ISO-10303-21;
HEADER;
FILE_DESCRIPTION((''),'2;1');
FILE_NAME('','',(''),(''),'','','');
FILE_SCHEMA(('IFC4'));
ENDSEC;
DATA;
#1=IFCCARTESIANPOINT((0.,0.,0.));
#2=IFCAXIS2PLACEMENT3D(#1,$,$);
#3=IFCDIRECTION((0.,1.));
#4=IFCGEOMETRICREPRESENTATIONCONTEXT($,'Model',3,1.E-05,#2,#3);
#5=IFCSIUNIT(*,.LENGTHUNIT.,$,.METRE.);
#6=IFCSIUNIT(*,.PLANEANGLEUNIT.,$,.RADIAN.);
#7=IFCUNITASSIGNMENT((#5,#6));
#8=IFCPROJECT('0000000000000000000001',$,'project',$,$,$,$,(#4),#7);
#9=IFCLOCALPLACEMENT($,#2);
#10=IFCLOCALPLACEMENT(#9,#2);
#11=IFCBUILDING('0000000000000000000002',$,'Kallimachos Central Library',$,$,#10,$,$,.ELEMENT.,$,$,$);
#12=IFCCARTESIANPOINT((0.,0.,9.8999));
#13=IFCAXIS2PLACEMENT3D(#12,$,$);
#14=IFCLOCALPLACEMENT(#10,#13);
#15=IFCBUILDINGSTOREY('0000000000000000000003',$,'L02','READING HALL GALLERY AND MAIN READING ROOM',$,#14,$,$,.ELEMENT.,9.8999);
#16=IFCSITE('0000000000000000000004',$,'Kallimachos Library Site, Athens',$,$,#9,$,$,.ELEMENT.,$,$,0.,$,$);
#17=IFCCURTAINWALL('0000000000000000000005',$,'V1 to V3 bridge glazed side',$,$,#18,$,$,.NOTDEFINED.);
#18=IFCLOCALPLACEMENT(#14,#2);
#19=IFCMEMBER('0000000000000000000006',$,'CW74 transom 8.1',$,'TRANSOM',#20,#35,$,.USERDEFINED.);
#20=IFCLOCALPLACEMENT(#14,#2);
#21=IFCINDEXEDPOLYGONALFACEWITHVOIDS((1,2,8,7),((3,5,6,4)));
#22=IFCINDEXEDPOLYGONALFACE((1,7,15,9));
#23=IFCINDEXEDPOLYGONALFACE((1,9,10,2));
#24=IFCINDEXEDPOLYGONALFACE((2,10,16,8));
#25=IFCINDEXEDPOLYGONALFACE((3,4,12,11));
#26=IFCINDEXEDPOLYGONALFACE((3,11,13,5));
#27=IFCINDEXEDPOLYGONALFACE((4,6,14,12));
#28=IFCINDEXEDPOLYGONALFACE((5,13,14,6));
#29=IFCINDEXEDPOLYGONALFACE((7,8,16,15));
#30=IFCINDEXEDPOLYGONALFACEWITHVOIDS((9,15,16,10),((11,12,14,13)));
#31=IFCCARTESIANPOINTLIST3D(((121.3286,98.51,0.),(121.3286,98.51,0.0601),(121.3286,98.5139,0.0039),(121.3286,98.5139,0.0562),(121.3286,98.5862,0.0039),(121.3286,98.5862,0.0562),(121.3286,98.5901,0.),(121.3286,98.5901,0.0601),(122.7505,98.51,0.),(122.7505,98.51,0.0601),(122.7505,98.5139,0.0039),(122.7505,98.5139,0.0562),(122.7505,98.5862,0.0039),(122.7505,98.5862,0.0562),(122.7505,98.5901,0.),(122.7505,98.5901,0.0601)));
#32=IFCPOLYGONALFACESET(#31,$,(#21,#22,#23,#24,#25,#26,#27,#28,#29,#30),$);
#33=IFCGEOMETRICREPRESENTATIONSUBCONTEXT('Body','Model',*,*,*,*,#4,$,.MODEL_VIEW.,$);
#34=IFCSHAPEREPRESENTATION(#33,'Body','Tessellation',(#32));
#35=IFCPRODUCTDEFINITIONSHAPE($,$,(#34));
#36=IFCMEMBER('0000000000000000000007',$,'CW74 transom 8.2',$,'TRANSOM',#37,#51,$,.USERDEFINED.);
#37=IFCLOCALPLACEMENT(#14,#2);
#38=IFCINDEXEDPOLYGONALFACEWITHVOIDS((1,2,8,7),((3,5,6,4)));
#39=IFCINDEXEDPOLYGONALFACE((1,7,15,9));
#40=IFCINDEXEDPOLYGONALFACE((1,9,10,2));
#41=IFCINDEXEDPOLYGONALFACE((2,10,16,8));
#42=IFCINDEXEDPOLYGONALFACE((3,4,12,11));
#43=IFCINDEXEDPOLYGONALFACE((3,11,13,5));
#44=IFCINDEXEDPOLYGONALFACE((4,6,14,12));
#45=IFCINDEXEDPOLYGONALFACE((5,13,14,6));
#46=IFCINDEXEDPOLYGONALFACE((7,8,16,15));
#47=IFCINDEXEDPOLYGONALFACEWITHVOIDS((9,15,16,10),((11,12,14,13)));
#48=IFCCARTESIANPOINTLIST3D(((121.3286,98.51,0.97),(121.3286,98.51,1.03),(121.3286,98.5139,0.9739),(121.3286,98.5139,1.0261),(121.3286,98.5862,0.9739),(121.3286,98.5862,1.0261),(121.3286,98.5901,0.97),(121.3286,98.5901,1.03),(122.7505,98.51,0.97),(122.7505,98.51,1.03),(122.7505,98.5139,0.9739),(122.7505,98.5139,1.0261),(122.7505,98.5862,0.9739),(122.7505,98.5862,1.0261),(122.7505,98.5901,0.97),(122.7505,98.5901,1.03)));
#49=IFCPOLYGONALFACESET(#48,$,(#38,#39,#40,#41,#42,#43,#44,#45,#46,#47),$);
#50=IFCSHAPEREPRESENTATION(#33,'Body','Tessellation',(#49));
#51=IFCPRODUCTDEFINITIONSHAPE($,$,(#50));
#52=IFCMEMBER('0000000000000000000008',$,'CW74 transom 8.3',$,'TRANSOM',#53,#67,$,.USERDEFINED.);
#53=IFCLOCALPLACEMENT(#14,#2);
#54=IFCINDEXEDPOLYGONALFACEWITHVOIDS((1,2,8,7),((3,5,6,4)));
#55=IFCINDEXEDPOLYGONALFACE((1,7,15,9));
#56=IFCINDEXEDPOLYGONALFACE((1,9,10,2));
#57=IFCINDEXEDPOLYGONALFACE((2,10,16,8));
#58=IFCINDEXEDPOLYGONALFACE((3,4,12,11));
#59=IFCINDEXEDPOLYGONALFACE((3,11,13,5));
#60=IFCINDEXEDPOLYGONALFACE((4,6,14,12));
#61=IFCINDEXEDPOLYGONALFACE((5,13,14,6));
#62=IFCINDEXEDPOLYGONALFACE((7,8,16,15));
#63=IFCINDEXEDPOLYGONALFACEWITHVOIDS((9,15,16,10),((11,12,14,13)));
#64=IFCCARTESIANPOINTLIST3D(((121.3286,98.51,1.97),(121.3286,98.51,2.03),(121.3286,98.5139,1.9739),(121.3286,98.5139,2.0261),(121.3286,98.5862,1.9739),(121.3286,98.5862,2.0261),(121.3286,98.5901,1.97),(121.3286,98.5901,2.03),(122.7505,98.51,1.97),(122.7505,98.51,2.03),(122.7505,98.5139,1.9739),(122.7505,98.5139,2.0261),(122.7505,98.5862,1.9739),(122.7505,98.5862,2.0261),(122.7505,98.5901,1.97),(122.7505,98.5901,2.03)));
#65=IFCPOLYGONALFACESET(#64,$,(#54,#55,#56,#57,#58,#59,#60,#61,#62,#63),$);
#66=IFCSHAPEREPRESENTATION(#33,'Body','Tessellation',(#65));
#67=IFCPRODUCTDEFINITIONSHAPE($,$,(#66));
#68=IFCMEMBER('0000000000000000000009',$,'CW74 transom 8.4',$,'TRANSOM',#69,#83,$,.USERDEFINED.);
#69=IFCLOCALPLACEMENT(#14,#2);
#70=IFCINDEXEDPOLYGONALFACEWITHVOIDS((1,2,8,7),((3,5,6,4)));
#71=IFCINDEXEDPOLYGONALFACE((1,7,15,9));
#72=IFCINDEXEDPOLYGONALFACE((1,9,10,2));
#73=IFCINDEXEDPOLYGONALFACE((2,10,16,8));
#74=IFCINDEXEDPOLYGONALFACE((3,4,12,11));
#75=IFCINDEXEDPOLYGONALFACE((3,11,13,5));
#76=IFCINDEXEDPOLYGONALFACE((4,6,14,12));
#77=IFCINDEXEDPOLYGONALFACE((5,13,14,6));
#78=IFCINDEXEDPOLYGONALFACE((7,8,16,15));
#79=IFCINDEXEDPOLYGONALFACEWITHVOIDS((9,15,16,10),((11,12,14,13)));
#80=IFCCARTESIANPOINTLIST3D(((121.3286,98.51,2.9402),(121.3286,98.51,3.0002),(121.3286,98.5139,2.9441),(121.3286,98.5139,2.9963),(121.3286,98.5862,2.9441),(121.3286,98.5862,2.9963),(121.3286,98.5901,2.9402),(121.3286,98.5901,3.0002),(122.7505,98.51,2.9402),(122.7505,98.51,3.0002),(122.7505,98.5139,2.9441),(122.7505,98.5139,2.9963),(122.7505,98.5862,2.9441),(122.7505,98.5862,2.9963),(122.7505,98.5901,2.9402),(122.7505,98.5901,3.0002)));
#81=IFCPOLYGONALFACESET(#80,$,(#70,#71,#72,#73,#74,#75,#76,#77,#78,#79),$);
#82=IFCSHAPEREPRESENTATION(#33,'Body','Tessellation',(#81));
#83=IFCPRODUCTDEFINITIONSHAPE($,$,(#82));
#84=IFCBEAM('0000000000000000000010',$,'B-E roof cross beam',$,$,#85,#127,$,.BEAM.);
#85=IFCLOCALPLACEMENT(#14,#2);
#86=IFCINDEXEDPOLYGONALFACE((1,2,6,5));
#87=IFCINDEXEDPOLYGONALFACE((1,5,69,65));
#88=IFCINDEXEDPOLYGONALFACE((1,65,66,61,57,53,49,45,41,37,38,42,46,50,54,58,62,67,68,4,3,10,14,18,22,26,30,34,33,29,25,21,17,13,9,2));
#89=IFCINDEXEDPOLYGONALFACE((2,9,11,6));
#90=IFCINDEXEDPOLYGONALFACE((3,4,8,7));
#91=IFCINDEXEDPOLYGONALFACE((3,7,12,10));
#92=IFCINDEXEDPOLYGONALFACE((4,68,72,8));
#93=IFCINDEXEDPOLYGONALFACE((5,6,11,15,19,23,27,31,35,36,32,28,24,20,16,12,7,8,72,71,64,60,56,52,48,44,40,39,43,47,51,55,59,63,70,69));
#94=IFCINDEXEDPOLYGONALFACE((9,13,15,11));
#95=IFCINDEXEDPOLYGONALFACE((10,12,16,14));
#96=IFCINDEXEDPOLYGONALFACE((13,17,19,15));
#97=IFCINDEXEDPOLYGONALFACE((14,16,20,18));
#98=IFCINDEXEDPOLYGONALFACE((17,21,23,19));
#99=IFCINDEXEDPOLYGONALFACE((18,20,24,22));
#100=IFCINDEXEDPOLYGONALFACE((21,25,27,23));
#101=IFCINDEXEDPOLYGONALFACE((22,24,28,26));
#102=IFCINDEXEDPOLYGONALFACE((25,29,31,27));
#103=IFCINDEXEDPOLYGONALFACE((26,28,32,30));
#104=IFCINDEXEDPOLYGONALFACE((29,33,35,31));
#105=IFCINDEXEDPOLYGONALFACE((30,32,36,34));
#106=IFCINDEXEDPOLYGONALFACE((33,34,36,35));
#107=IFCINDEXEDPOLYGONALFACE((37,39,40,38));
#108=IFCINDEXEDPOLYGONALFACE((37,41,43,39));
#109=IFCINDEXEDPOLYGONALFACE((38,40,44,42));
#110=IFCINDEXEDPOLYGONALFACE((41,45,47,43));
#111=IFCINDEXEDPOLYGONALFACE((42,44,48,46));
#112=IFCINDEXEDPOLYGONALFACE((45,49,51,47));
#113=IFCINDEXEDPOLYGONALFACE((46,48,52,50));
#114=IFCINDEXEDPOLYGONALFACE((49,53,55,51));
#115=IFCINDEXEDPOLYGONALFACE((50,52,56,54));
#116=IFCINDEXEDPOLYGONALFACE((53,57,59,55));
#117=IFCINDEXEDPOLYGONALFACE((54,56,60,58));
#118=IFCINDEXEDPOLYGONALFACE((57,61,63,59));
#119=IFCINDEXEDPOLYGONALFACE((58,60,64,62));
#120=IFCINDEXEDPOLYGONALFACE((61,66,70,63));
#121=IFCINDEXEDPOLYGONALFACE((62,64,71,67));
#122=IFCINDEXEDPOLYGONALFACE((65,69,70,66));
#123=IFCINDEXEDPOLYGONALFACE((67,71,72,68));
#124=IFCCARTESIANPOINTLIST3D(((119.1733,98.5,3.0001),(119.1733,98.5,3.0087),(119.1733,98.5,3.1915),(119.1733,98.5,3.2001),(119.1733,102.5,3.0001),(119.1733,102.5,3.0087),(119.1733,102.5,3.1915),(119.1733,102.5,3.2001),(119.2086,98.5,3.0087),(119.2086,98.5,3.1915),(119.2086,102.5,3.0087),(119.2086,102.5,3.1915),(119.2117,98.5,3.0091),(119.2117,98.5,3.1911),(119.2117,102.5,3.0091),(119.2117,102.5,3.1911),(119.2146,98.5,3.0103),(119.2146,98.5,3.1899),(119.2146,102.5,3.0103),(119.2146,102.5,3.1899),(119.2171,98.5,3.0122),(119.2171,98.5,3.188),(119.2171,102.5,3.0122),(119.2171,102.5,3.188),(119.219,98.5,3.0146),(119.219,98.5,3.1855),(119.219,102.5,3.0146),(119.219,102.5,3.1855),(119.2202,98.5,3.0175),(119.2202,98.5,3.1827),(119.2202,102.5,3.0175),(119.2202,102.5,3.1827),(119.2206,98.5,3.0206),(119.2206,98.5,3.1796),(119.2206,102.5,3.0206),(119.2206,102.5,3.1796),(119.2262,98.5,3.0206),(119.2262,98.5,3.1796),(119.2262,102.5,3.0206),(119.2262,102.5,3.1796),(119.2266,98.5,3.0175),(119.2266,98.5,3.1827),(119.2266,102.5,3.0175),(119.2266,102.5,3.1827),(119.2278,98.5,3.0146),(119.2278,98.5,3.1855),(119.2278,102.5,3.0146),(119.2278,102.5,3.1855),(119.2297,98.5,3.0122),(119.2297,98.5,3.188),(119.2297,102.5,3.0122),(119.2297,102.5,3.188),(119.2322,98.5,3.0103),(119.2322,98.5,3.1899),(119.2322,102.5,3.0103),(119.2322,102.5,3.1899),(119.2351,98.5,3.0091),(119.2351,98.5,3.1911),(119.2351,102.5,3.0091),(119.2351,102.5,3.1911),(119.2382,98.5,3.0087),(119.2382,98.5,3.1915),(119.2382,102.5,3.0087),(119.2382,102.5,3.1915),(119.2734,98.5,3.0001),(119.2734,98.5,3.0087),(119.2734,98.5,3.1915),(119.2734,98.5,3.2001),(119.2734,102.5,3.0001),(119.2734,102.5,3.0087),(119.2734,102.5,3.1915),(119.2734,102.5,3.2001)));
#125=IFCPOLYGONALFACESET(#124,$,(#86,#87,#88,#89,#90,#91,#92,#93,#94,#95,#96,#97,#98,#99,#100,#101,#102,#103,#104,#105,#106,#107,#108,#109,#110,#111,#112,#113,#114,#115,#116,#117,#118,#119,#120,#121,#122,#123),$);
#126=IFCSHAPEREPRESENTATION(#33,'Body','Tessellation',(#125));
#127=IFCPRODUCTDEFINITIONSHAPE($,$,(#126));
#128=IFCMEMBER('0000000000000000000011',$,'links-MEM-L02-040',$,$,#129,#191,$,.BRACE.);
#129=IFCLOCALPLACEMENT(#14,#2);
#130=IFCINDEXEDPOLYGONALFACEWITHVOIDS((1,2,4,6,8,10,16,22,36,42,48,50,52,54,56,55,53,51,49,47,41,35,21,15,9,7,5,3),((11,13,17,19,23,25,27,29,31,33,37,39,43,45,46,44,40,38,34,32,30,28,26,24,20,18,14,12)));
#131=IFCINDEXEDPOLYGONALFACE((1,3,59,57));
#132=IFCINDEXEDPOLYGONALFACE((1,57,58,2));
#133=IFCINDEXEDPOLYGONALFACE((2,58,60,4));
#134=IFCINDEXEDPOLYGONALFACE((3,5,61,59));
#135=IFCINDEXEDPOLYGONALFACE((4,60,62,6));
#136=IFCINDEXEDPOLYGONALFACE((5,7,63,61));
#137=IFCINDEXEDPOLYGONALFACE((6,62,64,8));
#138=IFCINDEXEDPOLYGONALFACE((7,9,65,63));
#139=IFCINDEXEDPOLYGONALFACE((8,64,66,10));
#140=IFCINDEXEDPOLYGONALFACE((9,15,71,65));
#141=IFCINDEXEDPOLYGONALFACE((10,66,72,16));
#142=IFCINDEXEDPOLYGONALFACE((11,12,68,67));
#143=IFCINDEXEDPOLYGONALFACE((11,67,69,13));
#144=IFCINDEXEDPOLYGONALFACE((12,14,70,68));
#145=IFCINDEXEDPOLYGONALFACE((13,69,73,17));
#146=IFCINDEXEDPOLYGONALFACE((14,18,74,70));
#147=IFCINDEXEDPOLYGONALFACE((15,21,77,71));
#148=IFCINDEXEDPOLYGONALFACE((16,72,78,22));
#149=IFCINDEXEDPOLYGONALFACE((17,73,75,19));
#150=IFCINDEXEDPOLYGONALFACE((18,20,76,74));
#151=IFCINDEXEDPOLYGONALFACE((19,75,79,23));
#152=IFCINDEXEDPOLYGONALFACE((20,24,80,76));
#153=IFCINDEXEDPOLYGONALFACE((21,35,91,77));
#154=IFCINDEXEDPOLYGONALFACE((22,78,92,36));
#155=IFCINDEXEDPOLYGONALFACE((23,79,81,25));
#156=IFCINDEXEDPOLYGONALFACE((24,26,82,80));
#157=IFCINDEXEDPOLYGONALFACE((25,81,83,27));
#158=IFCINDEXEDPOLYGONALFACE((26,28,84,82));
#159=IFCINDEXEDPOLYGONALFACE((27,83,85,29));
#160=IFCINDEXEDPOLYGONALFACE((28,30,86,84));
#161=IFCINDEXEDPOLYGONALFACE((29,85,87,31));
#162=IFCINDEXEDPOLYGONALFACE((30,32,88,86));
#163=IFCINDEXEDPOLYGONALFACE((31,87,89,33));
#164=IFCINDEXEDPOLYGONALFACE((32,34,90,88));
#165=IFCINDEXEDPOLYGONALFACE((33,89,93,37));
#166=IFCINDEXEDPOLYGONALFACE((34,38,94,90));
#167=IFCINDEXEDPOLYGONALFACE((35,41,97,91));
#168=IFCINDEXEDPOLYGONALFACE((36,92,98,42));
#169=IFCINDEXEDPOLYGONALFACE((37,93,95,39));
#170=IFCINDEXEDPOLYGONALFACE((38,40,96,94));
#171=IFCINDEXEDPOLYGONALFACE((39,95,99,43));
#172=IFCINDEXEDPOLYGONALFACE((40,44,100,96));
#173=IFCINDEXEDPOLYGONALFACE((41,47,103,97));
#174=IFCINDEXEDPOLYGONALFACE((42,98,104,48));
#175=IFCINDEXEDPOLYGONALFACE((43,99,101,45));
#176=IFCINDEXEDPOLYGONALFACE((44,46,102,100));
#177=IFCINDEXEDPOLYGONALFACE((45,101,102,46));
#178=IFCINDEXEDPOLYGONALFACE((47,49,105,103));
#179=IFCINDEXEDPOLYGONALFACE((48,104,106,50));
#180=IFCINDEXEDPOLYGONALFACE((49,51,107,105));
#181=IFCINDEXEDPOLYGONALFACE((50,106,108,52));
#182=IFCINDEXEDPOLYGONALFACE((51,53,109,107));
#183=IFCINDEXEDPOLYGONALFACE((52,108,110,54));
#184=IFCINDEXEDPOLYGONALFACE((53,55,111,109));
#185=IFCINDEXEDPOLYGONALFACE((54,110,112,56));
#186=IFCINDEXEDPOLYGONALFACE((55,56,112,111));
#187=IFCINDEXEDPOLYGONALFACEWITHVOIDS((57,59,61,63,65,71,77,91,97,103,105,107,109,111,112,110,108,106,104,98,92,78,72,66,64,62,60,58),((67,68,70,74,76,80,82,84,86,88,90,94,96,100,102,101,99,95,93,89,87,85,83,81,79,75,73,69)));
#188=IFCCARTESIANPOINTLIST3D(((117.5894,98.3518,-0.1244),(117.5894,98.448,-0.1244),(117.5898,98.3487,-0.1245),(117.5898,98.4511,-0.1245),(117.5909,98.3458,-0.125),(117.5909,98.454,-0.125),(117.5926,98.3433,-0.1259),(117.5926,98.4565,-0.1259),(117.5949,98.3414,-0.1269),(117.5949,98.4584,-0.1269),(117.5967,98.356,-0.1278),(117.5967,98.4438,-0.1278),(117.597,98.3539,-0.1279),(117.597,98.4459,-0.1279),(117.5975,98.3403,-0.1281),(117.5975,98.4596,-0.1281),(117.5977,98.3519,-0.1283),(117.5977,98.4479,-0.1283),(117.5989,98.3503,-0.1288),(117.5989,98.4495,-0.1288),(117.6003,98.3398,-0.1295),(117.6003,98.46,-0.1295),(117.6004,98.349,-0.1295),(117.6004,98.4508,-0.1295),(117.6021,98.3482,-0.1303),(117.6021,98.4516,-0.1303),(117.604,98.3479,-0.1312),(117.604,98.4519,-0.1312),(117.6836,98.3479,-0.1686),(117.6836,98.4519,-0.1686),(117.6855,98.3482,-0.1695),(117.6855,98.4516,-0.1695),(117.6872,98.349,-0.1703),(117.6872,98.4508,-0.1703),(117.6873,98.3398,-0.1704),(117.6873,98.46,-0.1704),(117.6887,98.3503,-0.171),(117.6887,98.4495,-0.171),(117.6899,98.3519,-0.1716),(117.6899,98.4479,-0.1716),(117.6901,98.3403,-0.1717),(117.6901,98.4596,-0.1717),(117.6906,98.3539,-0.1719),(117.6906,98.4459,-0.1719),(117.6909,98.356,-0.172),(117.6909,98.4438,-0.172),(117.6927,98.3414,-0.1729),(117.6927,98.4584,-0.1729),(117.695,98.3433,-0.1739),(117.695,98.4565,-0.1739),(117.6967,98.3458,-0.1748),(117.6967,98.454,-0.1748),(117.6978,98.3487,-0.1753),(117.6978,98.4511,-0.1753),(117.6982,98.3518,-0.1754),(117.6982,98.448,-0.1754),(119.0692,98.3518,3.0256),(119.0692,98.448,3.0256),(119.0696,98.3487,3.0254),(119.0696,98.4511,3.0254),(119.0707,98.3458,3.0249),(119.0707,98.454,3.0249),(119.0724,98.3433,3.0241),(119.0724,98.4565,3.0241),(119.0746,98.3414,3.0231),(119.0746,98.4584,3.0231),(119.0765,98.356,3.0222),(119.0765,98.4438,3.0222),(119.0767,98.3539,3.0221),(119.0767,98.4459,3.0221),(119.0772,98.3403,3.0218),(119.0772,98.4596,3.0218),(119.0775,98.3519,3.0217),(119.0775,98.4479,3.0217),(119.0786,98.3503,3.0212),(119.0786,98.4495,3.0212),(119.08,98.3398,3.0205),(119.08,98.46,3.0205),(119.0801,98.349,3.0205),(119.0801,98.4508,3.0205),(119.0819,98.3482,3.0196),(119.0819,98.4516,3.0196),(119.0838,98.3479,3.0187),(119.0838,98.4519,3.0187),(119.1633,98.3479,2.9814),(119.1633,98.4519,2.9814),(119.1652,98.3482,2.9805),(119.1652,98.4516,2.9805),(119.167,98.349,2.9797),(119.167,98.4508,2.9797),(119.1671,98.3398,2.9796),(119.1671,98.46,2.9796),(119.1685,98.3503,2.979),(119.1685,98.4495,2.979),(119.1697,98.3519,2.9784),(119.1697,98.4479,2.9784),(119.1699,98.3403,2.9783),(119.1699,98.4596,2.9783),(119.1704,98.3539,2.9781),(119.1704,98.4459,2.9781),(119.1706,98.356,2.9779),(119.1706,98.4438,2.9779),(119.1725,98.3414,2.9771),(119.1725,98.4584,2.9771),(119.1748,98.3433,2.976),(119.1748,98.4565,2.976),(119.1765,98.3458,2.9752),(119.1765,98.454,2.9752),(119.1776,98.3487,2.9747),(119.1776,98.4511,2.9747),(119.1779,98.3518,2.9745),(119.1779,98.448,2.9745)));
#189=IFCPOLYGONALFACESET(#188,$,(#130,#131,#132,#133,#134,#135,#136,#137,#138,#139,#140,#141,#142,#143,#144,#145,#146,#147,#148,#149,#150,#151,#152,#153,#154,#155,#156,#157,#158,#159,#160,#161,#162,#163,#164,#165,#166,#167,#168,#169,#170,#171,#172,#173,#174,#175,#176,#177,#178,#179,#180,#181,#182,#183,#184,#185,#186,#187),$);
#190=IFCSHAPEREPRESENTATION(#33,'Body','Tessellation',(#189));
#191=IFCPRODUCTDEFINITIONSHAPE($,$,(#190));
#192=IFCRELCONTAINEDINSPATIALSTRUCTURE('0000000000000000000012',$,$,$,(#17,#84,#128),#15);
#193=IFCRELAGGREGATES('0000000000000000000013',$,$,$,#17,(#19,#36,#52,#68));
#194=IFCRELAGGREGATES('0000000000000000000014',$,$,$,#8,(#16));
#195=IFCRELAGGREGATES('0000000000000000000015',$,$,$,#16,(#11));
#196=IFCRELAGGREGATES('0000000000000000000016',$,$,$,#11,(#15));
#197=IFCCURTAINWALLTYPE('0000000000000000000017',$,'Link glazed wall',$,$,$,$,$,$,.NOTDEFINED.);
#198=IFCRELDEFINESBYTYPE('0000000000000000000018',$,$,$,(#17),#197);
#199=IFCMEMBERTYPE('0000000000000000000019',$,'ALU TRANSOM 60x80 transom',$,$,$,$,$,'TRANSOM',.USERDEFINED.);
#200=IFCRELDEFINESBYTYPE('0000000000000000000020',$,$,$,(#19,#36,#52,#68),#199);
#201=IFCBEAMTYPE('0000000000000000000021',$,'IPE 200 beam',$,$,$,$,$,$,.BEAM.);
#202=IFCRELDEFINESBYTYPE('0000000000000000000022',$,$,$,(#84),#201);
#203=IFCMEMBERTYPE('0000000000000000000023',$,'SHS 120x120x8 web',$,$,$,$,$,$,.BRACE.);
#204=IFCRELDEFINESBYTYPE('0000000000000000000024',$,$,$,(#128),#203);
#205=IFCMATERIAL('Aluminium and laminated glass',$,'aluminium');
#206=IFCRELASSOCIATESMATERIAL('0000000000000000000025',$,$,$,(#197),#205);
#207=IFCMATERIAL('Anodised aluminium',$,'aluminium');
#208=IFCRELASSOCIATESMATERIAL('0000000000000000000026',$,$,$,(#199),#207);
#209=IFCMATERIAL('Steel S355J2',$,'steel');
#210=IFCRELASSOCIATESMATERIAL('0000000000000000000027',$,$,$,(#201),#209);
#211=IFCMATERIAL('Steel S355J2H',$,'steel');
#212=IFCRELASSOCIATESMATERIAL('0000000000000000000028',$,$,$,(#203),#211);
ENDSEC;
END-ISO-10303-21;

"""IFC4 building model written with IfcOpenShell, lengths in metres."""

from ifc_helpers import new_model, si_unit, direction, frame, origin, origin_2d, place, context, subcontext, project, spatial, hollow_rectangle, i_section, extrude, material, material_profile, profile_set, type_object, element, aggregate, save


model = new_model("IFC4")

# Units and contexts
model_context = context("Model", 3, precision=1e-05, world=origin(), true_north=direction((0.0, 1.0)))
body_context = subcontext(model_context, "Body", "Model", "MODEL_VIEW")
ifc_project = project(units=[si_unit("LENGTHUNIT", "METRE"), si_unit("PLANEANGLEUNIT", "RADIAN")], contexts=[model_context])

# Site, building, storey
site_placement = place(None, origin())
site = spatial("IfcSite", under=ifc_project, at=site_placement, Name="Kallimachos Library Site, Athens", CompositionType="ELEMENT", RefElevation=0.0)
building_placement = place(site_placement, origin())
building = spatial("IfcBuilding", under=site, at=building_placement, Name="Kallimachos Central Library", CompositionType="ELEMENT")
storey_placement = place(building_placement, frame((0.0, 0.0, 9.8999)))
storey = spatial("IfcBuildingStorey", under=building, at=storey_placement, Name="L02", Description="READING HALL GALLERY AND MAIN READING ROOM", CompositionType="ELEMENT", Elevation=9.8999)

# Curtain wall, members
ifc_material_1 = material(Name="Aluminium and laminated glass", Category="aluminium")
curtain_wall_type = type_object("IfcCurtainWallType", Name="Link glazed wall", PredefinedType="NOTDEFINED", material=ifc_material_1)
curtain_wall_placement = place(storey_placement, origin())
curtain_wall = element("IfcCurtainWall", 1, at=curtain_wall_placement, inside=storey, type_object=curtain_wall_type, Name="V1 to V3 bridge glazed side", PredefinedType="NOTDEFINED")
ifc_material_2 = material(Name="Anodised aluminium", Category="aluminium")
ifc_material_profile_1 = material_profile(ifc_material_2, hollow_rectangle(XDim=0.0601, YDim=0.0801, WallThickness=0.0039, at=origin_2d()), Name="ALU TRANSOM 60x80")
ifc_profile_set_1 = profile_set([ifc_material_profile_1], Name="Anodised aluminium")
member_type_1 = type_object("IfcMemberType", Name="ALU TRANSOM 60x80 transom", ElementType="TRANSOM", PredefinedType="USERDEFINED", material=ifc_profile_set_1)
member_1_placement = place(storey_placement, frame((121.3286, 98.55, 0.03), z_axis=(1.0, 0.0, 0.0), x_axis=(0.0, 0.0, 1.0)))
member_1 = element("IfcMember", 2, at=member_1_placement, type_object=member_type_1, Name="CW74 transom 8.1", ObjectType="TRANSOM", PredefinedType="USERDEFINED", context=body_context, shape_type="SweptSolid", body=[
    extrude(hollow_rectangle(XDim=0.0601, YDim=0.0801, WallThickness=0.0039, at=origin_2d()), origin(), (0.0, 0.0, 1.0), 1.4219),
])
member_2_placement = place(storey_placement, frame((121.3286, 98.55, 1.0), z_axis=(1.0, 0.0, 0.0), x_axis=(0.0, 0.0, 1.0)))
member_2 = element("IfcMember", 3, at=member_2_placement, type_object=member_type_1, Name="CW74 transom 8.2", ObjectType="TRANSOM", PredefinedType="USERDEFINED", context=body_context, shape_type="SweptSolid", body=[
    extrude(hollow_rectangle(XDim=0.0601, YDim=0.0801, WallThickness=0.0039, at=origin_2d()), origin(), (0.0, 0.0, 1.0), 1.4219),
])
member_3_placement = place(storey_placement, frame((121.3286, 98.55, 2.0), z_axis=(1.0, 0.0, 0.0), x_axis=(0.0, 0.0, 1.0)))
member_3 = element("IfcMember", 4, at=member_3_placement, type_object=member_type_1, Name="CW74 transom 8.3", ObjectType="TRANSOM", PredefinedType="USERDEFINED", context=body_context, shape_type="SweptSolid", body=[
    extrude(hollow_rectangle(XDim=0.0601, YDim=0.0801, WallThickness=0.0039, at=origin_2d()), origin(), (0.0, 0.0, 1.0), 1.4219),
])
member_4_placement = place(storey_placement, frame((121.3286, 98.55, 2.9702), z_axis=(1.0, 0.0, 0.0), x_axis=(0.0, 0.0, 1.0)))
member_4 = element("IfcMember", 5, at=member_4_placement, type_object=member_type_1, Name="CW74 transom 8.4", ObjectType="TRANSOM", PredefinedType="USERDEFINED", context=body_context, shape_type="SweptSolid", body=[
    extrude(hollow_rectangle(XDim=0.0601, YDim=0.0801, WallThickness=0.0039, at=origin_2d()), origin(), (0.0, 0.0, 1.0), 1.4219),
])

# Beam
ifc_material_3 = material(Name="Steel S355J2", Category="steel")
ifc_material_profile_2 = material_profile(ifc_material_3, i_section(OverallWidth=0.1001, OverallDepth=0.2, WebThickness=0.0056, FlangeThickness=0.0085, FilletRadius=0.012, at=origin_2d()), Name="IPE 200")
ifc_profile_set_2 = profile_set([ifc_material_profile_2], Name="Steel S355J2")
beam_type = type_object("IfcBeamType", Name="IPE 200 beam", PredefinedType="BEAM", material=ifc_profile_set_2)
beam_placement = place(storey_placement, frame((119.2234, 98.5, 3.1001), z_axis=(0.0, 1.0, 0.0), x_axis=(-1.0, 0.0, 0.0)))
element("IfcBeam", 6, at=beam_placement, inside=storey, type_object=beam_type, Name="B-E roof cross beam", PredefinedType="BEAM", context=body_context, shape_type="SweptSolid", body=[
    extrude(i_section(OverallWidth=0.1001, OverallDepth=0.2, WebThickness=0.0056, FlangeThickness=0.0085, FilletRadius=0.012, at=origin_2d()), origin(), (0.0, 0.0, 1.0), 4.0),
])

# Member
ifc_material_4 = material(Name="Steel S355J2H", Category="steel")
ifc_material_profile_3 = material_profile(ifc_material_4, hollow_rectangle(XDim=0.1201, YDim=0.1201, WallThickness=0.0081, InnerFilletRadius=0.0081, OuterFilletRadius=0.012, at=origin_2d()), Name="SHS 120x120x8")
ifc_profile_set_3 = profile_set([ifc_material_profile_3], Name="Steel S355J2H")
member_type_2 = type_object("IfcMemberType", Name="SHS 120x120x8 web", PredefinedType="BRACE", material=ifc_profile_set_3)
for number, where, z_axis, x_axis, name in (
    (7, (117.6438, 98.3999, -0.1499), (0.425192, 0.0, 0.905103), (0.0, 1.0, 0.0), "links-MEM-L02-040"),
):
    element("IfcMember", number, at=place(storey_placement, frame(where, z_axis=z_axis, x_axis=x_axis)), inside=storey, type_object=member_type_2, Name=name, PredefinedType="BRACE", context=body_context, shape_type="SweptSolid", body=[
        extrude(hollow_rectangle(XDim=0.1201, YDim=0.1201, WallThickness=0.0081, InnerFilletRadius=0.0081, OuterFilletRadius=0.012, at=origin_2d()), origin(), (0.0, 0.0, 1.0), 3.4802),
    ])

aggregate(curtain_wall, [member_1, member_2, member_3, member_4])

save(model, "model.ifc")
